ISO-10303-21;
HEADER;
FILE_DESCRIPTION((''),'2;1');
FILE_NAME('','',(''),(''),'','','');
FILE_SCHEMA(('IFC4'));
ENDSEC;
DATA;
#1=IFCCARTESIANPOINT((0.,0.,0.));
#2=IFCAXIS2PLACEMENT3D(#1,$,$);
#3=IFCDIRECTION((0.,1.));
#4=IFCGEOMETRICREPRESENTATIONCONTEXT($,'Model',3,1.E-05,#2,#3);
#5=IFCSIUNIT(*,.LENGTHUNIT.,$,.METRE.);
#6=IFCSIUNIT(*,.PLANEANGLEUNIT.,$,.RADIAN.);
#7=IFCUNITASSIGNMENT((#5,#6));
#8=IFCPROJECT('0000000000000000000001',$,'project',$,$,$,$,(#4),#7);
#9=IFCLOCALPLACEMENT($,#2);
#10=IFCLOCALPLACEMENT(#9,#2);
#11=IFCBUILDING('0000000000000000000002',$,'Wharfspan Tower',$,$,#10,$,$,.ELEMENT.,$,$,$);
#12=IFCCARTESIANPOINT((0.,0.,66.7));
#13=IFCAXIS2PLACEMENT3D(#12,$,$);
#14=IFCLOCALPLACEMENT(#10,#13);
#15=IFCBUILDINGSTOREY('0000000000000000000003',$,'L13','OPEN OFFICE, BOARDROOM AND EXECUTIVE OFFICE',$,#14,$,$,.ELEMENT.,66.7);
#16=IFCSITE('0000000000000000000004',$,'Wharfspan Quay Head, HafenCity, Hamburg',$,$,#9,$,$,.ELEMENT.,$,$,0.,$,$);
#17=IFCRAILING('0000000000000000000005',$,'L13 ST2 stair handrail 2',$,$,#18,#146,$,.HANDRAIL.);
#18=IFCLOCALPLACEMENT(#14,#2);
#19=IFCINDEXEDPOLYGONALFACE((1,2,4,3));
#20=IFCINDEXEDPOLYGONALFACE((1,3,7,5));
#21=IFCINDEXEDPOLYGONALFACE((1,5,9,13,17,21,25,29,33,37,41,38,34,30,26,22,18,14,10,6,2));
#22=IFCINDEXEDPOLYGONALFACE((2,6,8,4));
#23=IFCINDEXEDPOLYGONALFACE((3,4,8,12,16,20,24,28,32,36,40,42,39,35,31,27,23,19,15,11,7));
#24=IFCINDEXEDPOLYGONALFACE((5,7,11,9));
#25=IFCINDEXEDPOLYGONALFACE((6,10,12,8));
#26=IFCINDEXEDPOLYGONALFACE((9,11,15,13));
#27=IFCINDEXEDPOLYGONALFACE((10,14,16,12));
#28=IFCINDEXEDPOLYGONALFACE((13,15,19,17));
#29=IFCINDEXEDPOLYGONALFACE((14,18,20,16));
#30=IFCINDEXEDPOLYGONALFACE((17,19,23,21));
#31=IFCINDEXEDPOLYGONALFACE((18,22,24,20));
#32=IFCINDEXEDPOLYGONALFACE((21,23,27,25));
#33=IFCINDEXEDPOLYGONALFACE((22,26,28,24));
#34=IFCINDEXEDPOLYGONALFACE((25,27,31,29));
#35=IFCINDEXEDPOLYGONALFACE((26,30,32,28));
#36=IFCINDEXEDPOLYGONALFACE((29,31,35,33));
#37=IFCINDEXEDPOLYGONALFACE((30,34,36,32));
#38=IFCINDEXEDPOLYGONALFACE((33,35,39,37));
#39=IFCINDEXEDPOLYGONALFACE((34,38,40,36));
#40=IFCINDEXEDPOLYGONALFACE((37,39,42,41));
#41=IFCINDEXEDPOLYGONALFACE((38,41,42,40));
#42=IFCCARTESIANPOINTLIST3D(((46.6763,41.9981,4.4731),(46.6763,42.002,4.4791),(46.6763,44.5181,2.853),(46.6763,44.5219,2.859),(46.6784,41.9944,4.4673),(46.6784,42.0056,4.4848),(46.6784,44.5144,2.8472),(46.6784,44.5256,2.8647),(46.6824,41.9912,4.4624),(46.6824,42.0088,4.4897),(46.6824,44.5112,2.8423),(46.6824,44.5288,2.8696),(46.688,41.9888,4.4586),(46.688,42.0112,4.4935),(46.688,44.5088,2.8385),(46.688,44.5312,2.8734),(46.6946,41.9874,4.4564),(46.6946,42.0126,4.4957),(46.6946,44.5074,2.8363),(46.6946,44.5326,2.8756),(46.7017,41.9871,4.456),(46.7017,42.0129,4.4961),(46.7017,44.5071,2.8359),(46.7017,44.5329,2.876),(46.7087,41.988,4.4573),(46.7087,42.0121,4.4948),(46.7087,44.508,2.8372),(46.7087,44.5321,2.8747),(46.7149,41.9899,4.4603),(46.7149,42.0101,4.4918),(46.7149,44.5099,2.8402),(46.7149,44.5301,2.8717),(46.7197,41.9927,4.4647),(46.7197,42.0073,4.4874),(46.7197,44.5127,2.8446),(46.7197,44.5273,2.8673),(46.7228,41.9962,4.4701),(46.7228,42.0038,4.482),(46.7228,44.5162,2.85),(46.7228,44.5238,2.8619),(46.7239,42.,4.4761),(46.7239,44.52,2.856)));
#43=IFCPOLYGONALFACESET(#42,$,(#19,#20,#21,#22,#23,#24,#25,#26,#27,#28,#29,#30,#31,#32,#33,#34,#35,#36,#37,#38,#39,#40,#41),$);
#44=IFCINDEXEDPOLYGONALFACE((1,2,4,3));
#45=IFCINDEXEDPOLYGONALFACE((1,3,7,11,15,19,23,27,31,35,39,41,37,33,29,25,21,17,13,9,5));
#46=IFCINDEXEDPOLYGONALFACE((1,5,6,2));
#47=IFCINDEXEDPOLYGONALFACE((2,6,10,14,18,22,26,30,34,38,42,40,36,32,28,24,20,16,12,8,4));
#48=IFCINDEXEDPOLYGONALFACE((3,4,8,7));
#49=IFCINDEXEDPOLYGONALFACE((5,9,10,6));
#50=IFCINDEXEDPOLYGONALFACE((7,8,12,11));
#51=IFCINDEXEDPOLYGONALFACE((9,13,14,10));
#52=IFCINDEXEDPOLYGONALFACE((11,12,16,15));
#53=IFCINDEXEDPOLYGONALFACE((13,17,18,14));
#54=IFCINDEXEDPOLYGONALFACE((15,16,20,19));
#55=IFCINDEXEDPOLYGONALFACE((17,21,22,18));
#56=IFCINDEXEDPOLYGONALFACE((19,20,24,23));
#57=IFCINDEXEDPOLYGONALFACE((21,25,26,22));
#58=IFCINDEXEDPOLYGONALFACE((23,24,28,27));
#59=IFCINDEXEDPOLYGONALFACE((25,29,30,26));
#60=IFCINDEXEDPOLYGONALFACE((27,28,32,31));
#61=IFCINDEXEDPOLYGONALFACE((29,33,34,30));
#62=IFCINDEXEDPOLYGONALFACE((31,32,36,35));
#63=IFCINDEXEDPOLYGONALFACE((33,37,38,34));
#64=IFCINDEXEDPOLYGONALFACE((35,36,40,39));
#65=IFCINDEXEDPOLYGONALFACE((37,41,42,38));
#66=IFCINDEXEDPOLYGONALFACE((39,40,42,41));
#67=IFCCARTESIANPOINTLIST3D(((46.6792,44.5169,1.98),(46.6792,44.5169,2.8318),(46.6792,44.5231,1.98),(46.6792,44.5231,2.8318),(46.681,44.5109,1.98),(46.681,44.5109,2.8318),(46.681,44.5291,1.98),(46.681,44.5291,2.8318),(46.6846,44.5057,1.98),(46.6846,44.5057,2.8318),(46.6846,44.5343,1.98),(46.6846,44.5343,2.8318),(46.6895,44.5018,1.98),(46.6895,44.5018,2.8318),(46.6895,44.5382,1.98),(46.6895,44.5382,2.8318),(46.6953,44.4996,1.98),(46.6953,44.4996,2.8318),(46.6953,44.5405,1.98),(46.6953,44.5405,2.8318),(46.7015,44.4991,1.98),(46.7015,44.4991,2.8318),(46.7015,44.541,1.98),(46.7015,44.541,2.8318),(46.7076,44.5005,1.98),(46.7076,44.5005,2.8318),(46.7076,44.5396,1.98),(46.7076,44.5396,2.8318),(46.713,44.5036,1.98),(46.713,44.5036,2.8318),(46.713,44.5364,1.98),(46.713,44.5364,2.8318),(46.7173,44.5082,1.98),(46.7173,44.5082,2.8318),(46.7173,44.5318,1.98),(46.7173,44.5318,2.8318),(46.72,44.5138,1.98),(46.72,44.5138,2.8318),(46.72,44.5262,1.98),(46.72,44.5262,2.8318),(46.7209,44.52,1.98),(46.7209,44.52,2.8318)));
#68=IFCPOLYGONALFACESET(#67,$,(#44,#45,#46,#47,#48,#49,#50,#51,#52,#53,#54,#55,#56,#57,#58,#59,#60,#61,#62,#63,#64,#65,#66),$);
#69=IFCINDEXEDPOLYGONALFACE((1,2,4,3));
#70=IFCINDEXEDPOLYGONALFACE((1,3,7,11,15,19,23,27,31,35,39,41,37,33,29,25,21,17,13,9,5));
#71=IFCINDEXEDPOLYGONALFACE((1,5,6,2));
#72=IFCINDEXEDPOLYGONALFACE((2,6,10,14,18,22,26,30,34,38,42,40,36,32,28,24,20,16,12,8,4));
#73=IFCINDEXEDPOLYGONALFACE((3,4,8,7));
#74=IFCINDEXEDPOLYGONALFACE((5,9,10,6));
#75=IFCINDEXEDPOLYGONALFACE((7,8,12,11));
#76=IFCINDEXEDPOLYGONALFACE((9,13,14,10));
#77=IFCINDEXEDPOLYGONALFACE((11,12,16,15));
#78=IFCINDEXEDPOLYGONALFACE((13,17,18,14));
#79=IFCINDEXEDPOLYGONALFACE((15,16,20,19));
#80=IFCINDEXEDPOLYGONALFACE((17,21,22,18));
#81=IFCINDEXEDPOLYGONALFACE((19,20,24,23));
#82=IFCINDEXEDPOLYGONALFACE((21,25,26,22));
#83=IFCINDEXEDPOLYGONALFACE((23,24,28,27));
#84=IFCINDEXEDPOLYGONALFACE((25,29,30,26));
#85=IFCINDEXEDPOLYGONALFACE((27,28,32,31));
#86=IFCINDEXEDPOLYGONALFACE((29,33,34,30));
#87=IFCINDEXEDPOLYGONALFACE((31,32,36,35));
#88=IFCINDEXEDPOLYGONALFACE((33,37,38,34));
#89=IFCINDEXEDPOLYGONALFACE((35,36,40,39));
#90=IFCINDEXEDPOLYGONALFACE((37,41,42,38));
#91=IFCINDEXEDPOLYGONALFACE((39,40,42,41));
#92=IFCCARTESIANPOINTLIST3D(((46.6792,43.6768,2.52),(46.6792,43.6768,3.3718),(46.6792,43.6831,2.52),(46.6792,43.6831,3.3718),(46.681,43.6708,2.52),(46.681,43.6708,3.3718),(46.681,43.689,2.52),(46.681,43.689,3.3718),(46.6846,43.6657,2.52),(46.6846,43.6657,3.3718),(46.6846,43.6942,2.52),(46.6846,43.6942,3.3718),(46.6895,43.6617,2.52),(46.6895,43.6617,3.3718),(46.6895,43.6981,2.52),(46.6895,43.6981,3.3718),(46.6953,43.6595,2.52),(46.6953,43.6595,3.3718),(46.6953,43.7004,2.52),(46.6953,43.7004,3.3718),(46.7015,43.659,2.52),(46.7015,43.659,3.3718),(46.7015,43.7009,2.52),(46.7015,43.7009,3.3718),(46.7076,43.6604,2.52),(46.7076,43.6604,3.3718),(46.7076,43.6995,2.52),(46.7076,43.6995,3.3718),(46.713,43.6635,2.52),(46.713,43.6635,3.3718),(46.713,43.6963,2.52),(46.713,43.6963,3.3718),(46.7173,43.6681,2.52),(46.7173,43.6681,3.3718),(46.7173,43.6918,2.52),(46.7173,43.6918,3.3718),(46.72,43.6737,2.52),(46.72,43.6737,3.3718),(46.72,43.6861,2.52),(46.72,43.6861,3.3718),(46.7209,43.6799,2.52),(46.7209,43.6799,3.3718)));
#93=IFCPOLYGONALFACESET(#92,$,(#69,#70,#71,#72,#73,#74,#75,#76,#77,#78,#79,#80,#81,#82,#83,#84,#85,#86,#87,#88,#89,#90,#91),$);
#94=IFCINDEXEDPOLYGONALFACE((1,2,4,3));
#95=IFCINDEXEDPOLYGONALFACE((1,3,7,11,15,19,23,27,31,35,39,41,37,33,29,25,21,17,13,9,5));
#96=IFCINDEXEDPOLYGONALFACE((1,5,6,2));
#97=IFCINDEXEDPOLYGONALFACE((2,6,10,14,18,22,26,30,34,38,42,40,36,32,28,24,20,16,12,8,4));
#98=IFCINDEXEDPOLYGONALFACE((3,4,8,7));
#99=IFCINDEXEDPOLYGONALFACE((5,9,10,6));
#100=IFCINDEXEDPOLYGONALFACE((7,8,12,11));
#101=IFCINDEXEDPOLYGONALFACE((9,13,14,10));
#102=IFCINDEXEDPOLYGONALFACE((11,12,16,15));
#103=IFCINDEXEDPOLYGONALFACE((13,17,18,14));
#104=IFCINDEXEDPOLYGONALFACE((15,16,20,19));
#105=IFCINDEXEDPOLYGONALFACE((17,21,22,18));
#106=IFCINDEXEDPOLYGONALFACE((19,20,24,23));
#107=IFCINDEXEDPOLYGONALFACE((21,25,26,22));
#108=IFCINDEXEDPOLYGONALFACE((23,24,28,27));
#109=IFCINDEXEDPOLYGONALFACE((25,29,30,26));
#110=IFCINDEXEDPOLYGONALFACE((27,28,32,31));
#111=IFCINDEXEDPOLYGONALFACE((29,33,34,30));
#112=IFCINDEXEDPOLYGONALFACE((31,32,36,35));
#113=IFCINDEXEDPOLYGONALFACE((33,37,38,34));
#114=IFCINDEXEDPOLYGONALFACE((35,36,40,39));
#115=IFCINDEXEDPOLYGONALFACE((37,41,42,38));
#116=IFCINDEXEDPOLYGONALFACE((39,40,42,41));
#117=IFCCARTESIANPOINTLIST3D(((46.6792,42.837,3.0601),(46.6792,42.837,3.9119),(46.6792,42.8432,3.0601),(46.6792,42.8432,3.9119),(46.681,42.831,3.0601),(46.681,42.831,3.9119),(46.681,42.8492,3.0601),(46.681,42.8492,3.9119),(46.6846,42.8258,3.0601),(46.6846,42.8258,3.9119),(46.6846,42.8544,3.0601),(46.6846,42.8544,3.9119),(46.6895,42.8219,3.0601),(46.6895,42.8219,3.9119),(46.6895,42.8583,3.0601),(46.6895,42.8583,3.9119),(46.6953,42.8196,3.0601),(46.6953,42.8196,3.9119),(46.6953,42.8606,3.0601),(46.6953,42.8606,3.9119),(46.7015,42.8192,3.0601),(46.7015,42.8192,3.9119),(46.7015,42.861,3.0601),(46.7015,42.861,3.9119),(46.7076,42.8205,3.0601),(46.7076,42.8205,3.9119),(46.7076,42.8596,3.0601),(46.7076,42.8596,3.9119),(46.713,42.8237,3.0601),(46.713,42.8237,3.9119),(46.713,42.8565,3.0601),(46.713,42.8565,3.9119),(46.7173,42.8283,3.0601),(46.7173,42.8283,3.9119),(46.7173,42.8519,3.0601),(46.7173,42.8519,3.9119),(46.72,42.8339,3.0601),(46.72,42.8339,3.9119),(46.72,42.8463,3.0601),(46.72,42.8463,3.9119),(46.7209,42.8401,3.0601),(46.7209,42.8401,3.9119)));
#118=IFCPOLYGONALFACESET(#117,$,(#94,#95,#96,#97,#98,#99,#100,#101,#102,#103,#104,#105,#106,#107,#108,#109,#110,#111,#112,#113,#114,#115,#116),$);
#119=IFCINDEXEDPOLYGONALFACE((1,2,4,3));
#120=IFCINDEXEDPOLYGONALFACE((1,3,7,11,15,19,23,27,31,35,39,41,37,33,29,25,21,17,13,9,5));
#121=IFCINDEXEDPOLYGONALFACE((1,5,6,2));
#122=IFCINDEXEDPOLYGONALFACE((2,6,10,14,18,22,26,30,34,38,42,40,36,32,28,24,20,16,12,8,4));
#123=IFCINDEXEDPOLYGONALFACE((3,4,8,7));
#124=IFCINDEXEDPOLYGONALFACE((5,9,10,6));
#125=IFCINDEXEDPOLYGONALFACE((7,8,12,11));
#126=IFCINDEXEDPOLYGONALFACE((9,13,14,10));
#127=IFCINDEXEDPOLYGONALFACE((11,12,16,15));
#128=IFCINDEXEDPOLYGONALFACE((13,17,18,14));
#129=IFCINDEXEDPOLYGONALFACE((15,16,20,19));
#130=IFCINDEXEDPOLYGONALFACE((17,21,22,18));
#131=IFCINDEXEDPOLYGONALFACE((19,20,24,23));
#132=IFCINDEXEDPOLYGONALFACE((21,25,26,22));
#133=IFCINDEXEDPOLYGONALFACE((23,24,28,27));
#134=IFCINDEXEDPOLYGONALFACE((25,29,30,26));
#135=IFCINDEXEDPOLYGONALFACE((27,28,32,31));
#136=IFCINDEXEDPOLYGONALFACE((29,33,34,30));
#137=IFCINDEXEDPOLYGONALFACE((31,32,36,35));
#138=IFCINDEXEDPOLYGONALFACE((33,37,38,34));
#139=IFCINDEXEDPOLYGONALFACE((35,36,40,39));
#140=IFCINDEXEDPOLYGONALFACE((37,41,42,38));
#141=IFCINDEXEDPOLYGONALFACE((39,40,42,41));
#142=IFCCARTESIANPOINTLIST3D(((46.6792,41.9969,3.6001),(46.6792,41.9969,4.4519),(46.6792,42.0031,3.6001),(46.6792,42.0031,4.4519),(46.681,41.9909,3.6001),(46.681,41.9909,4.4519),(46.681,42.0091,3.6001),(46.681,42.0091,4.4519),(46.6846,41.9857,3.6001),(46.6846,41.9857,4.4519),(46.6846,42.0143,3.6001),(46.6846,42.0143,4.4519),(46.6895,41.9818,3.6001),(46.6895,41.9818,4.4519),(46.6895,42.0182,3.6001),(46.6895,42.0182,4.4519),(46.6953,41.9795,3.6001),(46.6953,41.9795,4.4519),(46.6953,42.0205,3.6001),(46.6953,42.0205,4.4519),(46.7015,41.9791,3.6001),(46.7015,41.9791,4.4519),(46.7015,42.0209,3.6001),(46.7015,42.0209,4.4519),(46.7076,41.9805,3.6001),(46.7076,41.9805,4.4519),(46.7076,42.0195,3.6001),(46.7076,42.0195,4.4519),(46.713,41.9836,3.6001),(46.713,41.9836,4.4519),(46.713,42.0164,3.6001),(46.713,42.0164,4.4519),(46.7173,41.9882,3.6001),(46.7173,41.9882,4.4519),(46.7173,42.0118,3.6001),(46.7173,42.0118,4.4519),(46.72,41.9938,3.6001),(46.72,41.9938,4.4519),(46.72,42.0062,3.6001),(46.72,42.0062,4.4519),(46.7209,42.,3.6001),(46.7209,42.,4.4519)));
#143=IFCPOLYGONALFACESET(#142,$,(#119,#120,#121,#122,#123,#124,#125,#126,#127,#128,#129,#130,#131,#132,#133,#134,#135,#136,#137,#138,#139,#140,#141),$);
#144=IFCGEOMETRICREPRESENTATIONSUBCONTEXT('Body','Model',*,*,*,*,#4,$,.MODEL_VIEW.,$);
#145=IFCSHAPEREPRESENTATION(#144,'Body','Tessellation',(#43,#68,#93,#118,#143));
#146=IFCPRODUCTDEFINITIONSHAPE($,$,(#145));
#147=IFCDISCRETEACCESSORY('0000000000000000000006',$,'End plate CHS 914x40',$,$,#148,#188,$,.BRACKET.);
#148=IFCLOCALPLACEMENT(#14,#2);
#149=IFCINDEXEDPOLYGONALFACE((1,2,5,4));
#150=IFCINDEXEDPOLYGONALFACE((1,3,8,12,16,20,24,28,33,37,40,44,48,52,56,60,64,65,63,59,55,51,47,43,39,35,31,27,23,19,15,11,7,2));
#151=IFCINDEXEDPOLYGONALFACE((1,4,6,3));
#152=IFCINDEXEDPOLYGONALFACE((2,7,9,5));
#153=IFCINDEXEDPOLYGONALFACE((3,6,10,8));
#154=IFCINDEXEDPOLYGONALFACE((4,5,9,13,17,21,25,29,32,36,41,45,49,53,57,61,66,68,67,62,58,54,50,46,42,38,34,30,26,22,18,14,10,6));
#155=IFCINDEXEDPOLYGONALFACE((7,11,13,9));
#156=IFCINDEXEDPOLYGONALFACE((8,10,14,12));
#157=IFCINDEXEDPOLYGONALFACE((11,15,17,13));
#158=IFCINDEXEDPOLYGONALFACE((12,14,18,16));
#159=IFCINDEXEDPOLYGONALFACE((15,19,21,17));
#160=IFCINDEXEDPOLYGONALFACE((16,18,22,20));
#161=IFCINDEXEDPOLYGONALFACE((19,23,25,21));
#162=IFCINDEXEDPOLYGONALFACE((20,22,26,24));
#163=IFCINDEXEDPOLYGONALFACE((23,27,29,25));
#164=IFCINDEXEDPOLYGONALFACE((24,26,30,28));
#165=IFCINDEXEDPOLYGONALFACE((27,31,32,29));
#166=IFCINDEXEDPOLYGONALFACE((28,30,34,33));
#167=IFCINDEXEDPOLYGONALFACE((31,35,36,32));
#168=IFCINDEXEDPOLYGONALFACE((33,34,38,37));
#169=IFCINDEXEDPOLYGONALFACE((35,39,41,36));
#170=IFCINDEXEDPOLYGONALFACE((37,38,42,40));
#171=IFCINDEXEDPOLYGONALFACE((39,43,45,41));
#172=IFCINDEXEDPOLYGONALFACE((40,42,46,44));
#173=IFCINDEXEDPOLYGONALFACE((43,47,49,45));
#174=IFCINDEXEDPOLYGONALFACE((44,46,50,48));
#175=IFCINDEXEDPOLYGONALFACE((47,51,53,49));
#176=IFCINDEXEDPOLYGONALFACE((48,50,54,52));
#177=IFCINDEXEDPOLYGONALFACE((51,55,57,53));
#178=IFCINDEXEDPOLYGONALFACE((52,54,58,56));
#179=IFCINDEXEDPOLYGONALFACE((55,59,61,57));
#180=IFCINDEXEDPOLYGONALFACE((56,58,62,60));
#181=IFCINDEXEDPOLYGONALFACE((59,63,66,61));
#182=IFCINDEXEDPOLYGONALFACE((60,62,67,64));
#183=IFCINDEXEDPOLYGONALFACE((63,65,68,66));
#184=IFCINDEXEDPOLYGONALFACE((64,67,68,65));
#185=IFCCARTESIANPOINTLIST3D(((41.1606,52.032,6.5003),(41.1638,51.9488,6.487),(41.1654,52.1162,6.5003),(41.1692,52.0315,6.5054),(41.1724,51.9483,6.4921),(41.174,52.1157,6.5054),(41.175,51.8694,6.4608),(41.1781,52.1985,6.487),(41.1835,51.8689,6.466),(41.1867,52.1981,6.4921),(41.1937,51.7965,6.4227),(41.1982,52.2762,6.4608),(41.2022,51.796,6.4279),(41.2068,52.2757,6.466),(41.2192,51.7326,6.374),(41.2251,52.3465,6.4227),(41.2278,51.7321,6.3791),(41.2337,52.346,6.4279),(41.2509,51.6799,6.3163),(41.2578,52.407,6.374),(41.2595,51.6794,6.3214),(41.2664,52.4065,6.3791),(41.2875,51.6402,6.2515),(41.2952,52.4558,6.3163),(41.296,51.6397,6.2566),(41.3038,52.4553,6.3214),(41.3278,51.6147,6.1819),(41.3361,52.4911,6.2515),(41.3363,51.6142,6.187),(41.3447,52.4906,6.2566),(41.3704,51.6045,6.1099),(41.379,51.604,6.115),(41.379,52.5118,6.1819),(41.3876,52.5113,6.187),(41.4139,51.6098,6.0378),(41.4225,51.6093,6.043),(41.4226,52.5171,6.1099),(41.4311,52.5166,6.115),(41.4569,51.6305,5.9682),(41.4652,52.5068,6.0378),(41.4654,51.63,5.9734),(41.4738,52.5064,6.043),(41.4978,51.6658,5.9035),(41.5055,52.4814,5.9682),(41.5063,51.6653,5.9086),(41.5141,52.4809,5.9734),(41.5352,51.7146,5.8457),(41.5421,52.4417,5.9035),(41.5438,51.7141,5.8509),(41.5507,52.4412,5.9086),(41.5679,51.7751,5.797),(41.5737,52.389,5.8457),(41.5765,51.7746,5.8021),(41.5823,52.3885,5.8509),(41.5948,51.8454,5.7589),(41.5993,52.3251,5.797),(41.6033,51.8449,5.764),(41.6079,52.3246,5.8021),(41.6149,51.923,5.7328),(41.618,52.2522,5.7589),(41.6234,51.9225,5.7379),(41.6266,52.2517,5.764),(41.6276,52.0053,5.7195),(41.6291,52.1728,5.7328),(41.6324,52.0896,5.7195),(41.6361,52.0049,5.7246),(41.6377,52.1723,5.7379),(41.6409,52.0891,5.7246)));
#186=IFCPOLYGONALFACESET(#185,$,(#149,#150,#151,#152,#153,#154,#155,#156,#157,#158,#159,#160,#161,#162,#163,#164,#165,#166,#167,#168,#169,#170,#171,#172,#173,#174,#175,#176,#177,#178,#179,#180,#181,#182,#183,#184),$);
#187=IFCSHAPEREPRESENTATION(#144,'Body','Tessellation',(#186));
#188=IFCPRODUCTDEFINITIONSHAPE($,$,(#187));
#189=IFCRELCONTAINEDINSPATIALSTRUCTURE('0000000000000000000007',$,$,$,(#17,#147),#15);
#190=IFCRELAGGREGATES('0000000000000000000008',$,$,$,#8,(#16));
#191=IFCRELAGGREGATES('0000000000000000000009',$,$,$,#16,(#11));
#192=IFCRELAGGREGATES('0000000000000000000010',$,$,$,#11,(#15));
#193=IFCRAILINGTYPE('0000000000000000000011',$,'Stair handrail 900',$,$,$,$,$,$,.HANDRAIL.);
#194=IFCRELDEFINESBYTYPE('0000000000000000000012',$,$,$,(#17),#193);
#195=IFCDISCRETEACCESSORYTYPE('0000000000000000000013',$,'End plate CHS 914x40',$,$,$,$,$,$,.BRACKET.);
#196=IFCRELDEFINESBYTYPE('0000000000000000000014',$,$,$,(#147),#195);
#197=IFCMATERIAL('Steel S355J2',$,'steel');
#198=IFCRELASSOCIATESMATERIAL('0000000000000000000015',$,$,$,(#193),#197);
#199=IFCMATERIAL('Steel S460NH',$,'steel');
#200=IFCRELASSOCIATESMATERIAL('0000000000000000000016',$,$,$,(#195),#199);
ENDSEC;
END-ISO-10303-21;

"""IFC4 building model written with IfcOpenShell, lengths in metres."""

from ifc_helpers import new_model, si_unit, direction, frame, origin, origin_2d, place, context, subcontext, project, spatial, circle, extrude, material, material_profile, profile_set, type_object, element, save


model = new_model("IFC4")

# Units and contexts
model_context = context("Model", 3, precision=1e-05, world=origin(), true_north=direction((0.0, 1.0)))
body_context = subcontext(model_context, "Body", "Model", "MODEL_VIEW")
ifc_project = project(units=[si_unit("LENGTHUNIT", "METRE"), si_unit("PLANEANGLEUNIT", "RADIAN")], contexts=[model_context])

# Site, building, storey
site_placement = place(None, origin())
site = spatial("IfcSite", under=ifc_project, at=site_placement, Name="Wharfspan Quay Head, HafenCity, Hamburg", CompositionType="ELEMENT", RefElevation=0.0)
building_placement = place(site_placement, origin())
building = spatial("IfcBuilding", under=site, at=building_placement, Name="Wharfspan Tower", CompositionType="ELEMENT")
storey_placement = place(building_placement, frame((0.0, 0.0, 66.7)))
storey = spatial("IfcBuildingStorey", under=building, at=storey_placement, Name="L13", Description="OPEN OFFICE, BOARDROOM AND EXECUTIVE OFFICE", CompositionType="ELEMENT", Elevation=66.7)

# Shared definitions
ifc_material_1 = material(Name="Steel S355J2", Category="steel")

# Shared definitions
ifc_material_2 = material(Name="Steel S460NH", Category="steel")

# Railing
railing_type_1 = type_object("IfcRailingType", Name="Stair handrail 900", PredefinedType="HANDRAIL", material=ifc_material_1)
railing_1_placement = place(storey_placement, frame((46.7, 44.52, 1.98)))
element("IfcRailing", 1, at=railing_1_placement, inside=storey, type_object=railing_type_1, Name="L13 ST2 stair handrail 2", PredefinedType="HANDRAIL", context=body_context, shape_type="SweptSolid", body=[
    extrude(circle(Radius=0.0239, at=origin_2d()), frame((0.0, 0.0, 0.876), z_axis=(0.0, -0.841163, 0.540782), x_axis=(1.0, 0.0, 0.0)), (0.0, 0.0, 1.0), 2.9958),
    extrude(circle(Radius=0.021, at=origin_2d()), origin(), (0.0, 0.0, 1.0), 0.8518),
    extrude(circle(Radius=0.021, at=origin_2d()), frame((0.0, -0.8401, 0.54)), (0.0, 0.0, 1.0), 0.8518),
    extrude(circle(Radius=0.021, at=origin_2d()), frame((0.0, -1.6799, 1.0801)), (0.0, 0.0, 1.0), 0.8518),
    extrude(circle(Radius=0.021, at=origin_2d()), frame((0.0, -2.52, 1.6201)), (0.0, 0.0, 1.0), 0.8518),
])

# Discrete accessory
ifc_material_profile_1 = material_profile(ifc_material_2, circle(Radius=0.457, at=origin_2d()))
ifc_profile_set_1 = profile_set([ifc_material_profile_1], Name="Steel S460NH")
discrete_accessory_type = type_object("IfcDiscreteAccessoryType", Name="End plate CHS 914x40", PredefinedType="BRACKET", material=ifc_profile_set_1)
for number, where, z_axis, x_axis, name in (
    (2, (41.3965, 52.0608, 6.1099), (0.856465, -0.048941, 0.513879), (0.05705, 0.998372, 0.0), "End plate CHS 914x40"),
):
    element("IfcDiscreteAccessory", number, at=place(storey_placement, frame(where, z_axis=z_axis, x_axis=x_axis)), inside=storey, type_object=discrete_accessory_type, Name=name, PredefinedType="BRACKET", context=body_context, shape_type="SweptSolid", body=[
        extrude(circle(Radius=0.457, at=origin_2d()), origin(), (0.0, 0.0, 1.0), 0.01),
    ])

save(model, "model.ifc")
